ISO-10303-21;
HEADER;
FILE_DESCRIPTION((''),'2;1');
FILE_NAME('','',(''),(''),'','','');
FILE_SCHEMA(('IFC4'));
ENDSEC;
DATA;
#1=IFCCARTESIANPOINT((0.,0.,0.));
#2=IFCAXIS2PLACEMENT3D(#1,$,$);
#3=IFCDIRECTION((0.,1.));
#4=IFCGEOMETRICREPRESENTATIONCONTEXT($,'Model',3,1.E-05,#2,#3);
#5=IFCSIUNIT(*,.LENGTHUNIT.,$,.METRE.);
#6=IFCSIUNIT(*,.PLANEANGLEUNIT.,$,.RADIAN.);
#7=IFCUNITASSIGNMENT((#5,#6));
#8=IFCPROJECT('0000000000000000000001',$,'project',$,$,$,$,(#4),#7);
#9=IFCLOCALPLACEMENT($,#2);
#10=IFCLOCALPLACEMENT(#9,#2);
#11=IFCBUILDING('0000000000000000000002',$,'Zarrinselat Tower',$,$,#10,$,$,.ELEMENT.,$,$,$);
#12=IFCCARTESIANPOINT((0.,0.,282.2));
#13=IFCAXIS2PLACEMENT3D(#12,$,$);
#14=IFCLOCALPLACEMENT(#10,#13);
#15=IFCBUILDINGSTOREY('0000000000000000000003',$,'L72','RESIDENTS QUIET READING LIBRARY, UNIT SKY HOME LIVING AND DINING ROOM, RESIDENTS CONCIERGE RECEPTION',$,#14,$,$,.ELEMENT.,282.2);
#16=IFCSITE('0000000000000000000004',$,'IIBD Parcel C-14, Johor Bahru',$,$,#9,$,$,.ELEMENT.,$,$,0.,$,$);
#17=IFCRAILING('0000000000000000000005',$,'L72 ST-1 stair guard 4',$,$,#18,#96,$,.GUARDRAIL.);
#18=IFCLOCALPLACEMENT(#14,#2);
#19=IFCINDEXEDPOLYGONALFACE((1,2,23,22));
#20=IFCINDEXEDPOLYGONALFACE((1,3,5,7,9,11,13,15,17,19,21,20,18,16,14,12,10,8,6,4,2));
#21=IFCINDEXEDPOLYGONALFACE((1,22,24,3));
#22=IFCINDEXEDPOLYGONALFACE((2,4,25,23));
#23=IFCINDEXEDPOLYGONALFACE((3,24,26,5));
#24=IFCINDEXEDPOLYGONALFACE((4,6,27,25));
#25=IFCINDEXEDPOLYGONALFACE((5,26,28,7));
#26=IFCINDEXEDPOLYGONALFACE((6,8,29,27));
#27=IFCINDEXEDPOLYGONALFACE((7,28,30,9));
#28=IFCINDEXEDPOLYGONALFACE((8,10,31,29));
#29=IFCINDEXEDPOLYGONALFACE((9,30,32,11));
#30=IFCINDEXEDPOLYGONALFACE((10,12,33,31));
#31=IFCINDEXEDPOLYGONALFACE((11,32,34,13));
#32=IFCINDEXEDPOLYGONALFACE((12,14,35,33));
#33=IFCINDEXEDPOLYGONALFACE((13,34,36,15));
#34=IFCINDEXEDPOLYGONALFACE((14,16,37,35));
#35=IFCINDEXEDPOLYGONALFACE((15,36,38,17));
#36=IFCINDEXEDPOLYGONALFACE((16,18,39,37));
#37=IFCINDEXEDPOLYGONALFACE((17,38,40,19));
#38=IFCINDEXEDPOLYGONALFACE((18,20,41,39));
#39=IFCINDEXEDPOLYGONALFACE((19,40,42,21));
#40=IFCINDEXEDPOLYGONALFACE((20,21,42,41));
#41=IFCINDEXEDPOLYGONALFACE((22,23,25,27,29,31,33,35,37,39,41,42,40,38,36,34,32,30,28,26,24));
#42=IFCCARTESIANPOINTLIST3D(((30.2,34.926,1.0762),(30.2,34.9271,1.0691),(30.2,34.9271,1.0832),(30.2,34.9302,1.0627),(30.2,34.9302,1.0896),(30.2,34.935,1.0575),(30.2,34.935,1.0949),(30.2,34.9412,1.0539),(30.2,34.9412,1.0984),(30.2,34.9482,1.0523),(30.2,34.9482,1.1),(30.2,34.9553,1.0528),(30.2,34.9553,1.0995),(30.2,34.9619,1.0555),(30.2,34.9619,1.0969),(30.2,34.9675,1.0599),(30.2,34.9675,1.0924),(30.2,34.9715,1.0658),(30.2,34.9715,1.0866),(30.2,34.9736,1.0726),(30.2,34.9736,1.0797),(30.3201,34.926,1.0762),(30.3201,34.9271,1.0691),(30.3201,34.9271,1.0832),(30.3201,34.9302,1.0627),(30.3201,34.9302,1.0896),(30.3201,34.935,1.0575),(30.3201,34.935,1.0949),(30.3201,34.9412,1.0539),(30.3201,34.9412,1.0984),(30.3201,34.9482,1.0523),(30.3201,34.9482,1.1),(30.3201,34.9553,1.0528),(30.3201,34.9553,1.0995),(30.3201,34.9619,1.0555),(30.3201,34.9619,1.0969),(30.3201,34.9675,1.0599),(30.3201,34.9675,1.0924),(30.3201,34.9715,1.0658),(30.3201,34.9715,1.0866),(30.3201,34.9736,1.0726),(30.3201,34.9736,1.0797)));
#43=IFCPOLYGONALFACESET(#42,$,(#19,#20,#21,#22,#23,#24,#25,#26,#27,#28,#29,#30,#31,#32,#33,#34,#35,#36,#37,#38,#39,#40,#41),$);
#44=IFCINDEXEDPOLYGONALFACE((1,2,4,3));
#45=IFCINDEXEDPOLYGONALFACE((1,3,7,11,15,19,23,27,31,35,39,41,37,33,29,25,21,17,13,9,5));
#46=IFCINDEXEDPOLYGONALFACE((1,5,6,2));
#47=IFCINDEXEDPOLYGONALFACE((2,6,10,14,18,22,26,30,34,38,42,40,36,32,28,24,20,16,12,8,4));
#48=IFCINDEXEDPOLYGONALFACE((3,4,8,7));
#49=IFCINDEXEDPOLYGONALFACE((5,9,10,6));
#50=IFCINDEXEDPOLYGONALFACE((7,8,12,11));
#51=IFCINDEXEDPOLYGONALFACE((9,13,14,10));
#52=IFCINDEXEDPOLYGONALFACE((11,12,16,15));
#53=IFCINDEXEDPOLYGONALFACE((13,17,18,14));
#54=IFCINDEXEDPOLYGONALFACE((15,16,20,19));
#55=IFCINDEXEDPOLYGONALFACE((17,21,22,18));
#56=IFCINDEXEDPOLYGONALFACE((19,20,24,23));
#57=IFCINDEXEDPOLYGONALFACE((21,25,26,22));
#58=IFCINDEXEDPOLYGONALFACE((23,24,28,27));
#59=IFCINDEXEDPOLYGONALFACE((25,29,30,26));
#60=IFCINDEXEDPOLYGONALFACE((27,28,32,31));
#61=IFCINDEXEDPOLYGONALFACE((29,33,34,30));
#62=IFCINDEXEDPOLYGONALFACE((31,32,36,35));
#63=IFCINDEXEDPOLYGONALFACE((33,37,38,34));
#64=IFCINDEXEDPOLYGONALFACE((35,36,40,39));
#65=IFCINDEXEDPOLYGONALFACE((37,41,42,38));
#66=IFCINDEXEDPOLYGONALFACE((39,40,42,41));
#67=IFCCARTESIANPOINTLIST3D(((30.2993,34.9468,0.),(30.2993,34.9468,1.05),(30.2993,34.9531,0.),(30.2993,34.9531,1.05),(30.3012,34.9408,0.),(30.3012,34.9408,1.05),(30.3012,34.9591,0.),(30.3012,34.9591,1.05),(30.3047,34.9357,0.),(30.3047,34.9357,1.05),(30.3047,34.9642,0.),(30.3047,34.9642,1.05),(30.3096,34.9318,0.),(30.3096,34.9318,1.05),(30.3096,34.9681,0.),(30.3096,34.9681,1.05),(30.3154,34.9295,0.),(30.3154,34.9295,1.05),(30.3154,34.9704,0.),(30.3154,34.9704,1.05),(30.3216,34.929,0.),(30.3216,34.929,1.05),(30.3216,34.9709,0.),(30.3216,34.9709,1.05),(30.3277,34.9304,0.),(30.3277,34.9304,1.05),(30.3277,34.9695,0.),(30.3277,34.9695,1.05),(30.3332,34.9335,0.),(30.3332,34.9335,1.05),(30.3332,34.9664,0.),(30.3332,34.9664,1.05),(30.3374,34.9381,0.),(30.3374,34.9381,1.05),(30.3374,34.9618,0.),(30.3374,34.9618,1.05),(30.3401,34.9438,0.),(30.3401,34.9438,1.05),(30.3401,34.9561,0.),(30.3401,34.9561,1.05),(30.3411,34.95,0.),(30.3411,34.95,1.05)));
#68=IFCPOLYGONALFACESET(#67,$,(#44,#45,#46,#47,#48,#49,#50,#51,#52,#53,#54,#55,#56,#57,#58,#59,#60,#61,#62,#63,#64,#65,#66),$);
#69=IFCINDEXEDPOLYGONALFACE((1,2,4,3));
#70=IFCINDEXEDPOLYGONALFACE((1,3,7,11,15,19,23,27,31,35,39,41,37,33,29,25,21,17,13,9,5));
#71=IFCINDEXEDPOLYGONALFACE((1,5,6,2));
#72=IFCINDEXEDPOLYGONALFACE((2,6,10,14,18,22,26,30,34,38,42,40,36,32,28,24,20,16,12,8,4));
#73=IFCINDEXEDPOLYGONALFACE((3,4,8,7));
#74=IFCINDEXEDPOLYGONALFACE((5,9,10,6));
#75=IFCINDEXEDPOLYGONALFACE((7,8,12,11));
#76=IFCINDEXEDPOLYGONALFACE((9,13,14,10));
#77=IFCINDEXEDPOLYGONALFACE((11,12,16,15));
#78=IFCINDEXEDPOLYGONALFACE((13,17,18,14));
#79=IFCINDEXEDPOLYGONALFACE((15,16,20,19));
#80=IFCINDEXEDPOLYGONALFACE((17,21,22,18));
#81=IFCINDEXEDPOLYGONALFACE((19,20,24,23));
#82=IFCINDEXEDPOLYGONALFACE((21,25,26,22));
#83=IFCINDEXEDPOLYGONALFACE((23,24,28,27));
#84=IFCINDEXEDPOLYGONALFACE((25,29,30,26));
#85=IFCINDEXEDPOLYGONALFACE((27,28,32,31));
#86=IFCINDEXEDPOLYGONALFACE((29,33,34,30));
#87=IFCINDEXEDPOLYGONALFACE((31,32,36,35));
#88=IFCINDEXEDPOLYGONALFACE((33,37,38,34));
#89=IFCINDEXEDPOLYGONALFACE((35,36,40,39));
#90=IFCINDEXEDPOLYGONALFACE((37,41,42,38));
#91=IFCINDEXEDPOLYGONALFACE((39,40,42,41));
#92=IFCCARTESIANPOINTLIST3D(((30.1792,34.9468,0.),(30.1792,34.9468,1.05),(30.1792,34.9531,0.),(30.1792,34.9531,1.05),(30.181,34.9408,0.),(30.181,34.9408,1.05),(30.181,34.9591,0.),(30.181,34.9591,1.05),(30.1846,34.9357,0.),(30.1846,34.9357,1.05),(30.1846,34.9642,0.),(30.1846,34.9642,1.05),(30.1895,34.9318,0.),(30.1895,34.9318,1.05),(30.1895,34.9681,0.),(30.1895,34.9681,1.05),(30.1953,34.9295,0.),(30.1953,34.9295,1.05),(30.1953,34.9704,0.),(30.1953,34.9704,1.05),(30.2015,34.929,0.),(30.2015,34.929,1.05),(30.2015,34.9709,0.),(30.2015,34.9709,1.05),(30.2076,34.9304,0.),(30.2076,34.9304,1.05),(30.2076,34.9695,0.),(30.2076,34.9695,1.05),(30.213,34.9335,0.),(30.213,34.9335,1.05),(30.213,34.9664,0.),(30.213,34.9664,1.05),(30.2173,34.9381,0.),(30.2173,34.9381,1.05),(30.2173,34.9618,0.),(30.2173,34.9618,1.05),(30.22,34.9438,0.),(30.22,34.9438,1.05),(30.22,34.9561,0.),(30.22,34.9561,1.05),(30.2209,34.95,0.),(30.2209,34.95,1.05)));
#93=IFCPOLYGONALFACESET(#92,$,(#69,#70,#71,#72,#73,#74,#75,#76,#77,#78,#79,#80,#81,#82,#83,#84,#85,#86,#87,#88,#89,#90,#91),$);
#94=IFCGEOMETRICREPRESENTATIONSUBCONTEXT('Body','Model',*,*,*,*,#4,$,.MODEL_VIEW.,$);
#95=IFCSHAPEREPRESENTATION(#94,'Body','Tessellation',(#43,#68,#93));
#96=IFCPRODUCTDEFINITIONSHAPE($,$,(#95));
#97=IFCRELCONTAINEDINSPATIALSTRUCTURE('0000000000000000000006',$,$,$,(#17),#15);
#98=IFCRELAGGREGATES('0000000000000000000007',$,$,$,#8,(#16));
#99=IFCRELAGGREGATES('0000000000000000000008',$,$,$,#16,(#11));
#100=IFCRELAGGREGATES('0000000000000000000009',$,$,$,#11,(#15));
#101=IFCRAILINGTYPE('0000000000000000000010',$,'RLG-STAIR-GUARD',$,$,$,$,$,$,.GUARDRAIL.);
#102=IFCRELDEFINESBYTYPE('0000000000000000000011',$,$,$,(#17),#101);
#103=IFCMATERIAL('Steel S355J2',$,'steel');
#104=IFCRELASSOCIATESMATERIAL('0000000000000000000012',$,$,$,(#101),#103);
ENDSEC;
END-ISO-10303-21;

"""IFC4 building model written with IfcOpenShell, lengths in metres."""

from ifc_helpers import new_model, si_unit, direction, frame, origin, origin_2d, place, context, subcontext, project, spatial, circle, extrude, material, type_object, element, save


model = new_model("IFC4")

# Units and contexts
model_context = context("Model", 3, precision=1e-05, world=origin(), true_north=direction((0.0, 1.0)))
body_context = subcontext(model_context, "Body", "Model", "MODEL_VIEW")
ifc_project = project(units=[si_unit("LENGTHUNIT", "METRE"), si_unit("PLANEANGLEUNIT", "RADIAN")], contexts=[model_context])

# Site, building, storey
site_placement = place(None, origin())
site = spatial("IfcSite", under=ifc_project, at=site_placement, Name="IIBD Parcel C-14, Johor Bahru", CompositionType="ELEMENT", RefElevation=0.0)
building_placement = place(site_placement, origin())
building = spatial("IfcBuilding", under=site, at=building_placement, Name="Zarrinselat Tower", CompositionType="ELEMENT")
storey_placement = place(building_placement, frame((0.0, 0.0, 282.2)))
storey = spatial("IfcBuildingStorey", under=building, at=storey_placement, Name="L72", Description="RESIDENTS QUIET READING LIBRARY, UNIT SKY HOME LIVING AND DINING ROOM, RESIDENTS CONCIERGE RECEPTION", CompositionType="ELEMENT", Elevation=282.2)

# Railing
ifc_material_1 = material(Name="Steel S355J2", Category="steel")
railing_type_1 = type_object("IfcRailingType", Name="RLG-STAIR-GUARD", PredefinedType="GUARDRAIL", material=ifc_material_1)
railing_1_placement = place(storey_placement, frame((30.3201, 34.95, 0.0)))
element("IfcRailing", 1, at=railing_1_placement, inside=storey, type_object=railing_type_1, Name="L72 ST-1 stair guard 4", PredefinedType="GUARDRAIL", context=body_context, shape_type="SweptSolid", body=[
    extrude(circle(Radius=0.0239, at=origin_2d()), frame((0.0, 0.0, 1.0762), z_axis=(-1.0, 0.0, 0.0), x_axis=(0.0, -1.0, 0.0)), (0.0, 0.0, 1.0), 0.1201),
    extrude(circle(Radius=0.021, at=origin_2d()), origin(), (0.0, 0.0, 1.0), 1.05),
    extrude(circle(Radius=0.021, at=origin_2d()), frame((-0.1201, 0.0, 0.0)), (0.0, 0.0, 1.0), 1.05),
])

save(model, "model.ifc")
